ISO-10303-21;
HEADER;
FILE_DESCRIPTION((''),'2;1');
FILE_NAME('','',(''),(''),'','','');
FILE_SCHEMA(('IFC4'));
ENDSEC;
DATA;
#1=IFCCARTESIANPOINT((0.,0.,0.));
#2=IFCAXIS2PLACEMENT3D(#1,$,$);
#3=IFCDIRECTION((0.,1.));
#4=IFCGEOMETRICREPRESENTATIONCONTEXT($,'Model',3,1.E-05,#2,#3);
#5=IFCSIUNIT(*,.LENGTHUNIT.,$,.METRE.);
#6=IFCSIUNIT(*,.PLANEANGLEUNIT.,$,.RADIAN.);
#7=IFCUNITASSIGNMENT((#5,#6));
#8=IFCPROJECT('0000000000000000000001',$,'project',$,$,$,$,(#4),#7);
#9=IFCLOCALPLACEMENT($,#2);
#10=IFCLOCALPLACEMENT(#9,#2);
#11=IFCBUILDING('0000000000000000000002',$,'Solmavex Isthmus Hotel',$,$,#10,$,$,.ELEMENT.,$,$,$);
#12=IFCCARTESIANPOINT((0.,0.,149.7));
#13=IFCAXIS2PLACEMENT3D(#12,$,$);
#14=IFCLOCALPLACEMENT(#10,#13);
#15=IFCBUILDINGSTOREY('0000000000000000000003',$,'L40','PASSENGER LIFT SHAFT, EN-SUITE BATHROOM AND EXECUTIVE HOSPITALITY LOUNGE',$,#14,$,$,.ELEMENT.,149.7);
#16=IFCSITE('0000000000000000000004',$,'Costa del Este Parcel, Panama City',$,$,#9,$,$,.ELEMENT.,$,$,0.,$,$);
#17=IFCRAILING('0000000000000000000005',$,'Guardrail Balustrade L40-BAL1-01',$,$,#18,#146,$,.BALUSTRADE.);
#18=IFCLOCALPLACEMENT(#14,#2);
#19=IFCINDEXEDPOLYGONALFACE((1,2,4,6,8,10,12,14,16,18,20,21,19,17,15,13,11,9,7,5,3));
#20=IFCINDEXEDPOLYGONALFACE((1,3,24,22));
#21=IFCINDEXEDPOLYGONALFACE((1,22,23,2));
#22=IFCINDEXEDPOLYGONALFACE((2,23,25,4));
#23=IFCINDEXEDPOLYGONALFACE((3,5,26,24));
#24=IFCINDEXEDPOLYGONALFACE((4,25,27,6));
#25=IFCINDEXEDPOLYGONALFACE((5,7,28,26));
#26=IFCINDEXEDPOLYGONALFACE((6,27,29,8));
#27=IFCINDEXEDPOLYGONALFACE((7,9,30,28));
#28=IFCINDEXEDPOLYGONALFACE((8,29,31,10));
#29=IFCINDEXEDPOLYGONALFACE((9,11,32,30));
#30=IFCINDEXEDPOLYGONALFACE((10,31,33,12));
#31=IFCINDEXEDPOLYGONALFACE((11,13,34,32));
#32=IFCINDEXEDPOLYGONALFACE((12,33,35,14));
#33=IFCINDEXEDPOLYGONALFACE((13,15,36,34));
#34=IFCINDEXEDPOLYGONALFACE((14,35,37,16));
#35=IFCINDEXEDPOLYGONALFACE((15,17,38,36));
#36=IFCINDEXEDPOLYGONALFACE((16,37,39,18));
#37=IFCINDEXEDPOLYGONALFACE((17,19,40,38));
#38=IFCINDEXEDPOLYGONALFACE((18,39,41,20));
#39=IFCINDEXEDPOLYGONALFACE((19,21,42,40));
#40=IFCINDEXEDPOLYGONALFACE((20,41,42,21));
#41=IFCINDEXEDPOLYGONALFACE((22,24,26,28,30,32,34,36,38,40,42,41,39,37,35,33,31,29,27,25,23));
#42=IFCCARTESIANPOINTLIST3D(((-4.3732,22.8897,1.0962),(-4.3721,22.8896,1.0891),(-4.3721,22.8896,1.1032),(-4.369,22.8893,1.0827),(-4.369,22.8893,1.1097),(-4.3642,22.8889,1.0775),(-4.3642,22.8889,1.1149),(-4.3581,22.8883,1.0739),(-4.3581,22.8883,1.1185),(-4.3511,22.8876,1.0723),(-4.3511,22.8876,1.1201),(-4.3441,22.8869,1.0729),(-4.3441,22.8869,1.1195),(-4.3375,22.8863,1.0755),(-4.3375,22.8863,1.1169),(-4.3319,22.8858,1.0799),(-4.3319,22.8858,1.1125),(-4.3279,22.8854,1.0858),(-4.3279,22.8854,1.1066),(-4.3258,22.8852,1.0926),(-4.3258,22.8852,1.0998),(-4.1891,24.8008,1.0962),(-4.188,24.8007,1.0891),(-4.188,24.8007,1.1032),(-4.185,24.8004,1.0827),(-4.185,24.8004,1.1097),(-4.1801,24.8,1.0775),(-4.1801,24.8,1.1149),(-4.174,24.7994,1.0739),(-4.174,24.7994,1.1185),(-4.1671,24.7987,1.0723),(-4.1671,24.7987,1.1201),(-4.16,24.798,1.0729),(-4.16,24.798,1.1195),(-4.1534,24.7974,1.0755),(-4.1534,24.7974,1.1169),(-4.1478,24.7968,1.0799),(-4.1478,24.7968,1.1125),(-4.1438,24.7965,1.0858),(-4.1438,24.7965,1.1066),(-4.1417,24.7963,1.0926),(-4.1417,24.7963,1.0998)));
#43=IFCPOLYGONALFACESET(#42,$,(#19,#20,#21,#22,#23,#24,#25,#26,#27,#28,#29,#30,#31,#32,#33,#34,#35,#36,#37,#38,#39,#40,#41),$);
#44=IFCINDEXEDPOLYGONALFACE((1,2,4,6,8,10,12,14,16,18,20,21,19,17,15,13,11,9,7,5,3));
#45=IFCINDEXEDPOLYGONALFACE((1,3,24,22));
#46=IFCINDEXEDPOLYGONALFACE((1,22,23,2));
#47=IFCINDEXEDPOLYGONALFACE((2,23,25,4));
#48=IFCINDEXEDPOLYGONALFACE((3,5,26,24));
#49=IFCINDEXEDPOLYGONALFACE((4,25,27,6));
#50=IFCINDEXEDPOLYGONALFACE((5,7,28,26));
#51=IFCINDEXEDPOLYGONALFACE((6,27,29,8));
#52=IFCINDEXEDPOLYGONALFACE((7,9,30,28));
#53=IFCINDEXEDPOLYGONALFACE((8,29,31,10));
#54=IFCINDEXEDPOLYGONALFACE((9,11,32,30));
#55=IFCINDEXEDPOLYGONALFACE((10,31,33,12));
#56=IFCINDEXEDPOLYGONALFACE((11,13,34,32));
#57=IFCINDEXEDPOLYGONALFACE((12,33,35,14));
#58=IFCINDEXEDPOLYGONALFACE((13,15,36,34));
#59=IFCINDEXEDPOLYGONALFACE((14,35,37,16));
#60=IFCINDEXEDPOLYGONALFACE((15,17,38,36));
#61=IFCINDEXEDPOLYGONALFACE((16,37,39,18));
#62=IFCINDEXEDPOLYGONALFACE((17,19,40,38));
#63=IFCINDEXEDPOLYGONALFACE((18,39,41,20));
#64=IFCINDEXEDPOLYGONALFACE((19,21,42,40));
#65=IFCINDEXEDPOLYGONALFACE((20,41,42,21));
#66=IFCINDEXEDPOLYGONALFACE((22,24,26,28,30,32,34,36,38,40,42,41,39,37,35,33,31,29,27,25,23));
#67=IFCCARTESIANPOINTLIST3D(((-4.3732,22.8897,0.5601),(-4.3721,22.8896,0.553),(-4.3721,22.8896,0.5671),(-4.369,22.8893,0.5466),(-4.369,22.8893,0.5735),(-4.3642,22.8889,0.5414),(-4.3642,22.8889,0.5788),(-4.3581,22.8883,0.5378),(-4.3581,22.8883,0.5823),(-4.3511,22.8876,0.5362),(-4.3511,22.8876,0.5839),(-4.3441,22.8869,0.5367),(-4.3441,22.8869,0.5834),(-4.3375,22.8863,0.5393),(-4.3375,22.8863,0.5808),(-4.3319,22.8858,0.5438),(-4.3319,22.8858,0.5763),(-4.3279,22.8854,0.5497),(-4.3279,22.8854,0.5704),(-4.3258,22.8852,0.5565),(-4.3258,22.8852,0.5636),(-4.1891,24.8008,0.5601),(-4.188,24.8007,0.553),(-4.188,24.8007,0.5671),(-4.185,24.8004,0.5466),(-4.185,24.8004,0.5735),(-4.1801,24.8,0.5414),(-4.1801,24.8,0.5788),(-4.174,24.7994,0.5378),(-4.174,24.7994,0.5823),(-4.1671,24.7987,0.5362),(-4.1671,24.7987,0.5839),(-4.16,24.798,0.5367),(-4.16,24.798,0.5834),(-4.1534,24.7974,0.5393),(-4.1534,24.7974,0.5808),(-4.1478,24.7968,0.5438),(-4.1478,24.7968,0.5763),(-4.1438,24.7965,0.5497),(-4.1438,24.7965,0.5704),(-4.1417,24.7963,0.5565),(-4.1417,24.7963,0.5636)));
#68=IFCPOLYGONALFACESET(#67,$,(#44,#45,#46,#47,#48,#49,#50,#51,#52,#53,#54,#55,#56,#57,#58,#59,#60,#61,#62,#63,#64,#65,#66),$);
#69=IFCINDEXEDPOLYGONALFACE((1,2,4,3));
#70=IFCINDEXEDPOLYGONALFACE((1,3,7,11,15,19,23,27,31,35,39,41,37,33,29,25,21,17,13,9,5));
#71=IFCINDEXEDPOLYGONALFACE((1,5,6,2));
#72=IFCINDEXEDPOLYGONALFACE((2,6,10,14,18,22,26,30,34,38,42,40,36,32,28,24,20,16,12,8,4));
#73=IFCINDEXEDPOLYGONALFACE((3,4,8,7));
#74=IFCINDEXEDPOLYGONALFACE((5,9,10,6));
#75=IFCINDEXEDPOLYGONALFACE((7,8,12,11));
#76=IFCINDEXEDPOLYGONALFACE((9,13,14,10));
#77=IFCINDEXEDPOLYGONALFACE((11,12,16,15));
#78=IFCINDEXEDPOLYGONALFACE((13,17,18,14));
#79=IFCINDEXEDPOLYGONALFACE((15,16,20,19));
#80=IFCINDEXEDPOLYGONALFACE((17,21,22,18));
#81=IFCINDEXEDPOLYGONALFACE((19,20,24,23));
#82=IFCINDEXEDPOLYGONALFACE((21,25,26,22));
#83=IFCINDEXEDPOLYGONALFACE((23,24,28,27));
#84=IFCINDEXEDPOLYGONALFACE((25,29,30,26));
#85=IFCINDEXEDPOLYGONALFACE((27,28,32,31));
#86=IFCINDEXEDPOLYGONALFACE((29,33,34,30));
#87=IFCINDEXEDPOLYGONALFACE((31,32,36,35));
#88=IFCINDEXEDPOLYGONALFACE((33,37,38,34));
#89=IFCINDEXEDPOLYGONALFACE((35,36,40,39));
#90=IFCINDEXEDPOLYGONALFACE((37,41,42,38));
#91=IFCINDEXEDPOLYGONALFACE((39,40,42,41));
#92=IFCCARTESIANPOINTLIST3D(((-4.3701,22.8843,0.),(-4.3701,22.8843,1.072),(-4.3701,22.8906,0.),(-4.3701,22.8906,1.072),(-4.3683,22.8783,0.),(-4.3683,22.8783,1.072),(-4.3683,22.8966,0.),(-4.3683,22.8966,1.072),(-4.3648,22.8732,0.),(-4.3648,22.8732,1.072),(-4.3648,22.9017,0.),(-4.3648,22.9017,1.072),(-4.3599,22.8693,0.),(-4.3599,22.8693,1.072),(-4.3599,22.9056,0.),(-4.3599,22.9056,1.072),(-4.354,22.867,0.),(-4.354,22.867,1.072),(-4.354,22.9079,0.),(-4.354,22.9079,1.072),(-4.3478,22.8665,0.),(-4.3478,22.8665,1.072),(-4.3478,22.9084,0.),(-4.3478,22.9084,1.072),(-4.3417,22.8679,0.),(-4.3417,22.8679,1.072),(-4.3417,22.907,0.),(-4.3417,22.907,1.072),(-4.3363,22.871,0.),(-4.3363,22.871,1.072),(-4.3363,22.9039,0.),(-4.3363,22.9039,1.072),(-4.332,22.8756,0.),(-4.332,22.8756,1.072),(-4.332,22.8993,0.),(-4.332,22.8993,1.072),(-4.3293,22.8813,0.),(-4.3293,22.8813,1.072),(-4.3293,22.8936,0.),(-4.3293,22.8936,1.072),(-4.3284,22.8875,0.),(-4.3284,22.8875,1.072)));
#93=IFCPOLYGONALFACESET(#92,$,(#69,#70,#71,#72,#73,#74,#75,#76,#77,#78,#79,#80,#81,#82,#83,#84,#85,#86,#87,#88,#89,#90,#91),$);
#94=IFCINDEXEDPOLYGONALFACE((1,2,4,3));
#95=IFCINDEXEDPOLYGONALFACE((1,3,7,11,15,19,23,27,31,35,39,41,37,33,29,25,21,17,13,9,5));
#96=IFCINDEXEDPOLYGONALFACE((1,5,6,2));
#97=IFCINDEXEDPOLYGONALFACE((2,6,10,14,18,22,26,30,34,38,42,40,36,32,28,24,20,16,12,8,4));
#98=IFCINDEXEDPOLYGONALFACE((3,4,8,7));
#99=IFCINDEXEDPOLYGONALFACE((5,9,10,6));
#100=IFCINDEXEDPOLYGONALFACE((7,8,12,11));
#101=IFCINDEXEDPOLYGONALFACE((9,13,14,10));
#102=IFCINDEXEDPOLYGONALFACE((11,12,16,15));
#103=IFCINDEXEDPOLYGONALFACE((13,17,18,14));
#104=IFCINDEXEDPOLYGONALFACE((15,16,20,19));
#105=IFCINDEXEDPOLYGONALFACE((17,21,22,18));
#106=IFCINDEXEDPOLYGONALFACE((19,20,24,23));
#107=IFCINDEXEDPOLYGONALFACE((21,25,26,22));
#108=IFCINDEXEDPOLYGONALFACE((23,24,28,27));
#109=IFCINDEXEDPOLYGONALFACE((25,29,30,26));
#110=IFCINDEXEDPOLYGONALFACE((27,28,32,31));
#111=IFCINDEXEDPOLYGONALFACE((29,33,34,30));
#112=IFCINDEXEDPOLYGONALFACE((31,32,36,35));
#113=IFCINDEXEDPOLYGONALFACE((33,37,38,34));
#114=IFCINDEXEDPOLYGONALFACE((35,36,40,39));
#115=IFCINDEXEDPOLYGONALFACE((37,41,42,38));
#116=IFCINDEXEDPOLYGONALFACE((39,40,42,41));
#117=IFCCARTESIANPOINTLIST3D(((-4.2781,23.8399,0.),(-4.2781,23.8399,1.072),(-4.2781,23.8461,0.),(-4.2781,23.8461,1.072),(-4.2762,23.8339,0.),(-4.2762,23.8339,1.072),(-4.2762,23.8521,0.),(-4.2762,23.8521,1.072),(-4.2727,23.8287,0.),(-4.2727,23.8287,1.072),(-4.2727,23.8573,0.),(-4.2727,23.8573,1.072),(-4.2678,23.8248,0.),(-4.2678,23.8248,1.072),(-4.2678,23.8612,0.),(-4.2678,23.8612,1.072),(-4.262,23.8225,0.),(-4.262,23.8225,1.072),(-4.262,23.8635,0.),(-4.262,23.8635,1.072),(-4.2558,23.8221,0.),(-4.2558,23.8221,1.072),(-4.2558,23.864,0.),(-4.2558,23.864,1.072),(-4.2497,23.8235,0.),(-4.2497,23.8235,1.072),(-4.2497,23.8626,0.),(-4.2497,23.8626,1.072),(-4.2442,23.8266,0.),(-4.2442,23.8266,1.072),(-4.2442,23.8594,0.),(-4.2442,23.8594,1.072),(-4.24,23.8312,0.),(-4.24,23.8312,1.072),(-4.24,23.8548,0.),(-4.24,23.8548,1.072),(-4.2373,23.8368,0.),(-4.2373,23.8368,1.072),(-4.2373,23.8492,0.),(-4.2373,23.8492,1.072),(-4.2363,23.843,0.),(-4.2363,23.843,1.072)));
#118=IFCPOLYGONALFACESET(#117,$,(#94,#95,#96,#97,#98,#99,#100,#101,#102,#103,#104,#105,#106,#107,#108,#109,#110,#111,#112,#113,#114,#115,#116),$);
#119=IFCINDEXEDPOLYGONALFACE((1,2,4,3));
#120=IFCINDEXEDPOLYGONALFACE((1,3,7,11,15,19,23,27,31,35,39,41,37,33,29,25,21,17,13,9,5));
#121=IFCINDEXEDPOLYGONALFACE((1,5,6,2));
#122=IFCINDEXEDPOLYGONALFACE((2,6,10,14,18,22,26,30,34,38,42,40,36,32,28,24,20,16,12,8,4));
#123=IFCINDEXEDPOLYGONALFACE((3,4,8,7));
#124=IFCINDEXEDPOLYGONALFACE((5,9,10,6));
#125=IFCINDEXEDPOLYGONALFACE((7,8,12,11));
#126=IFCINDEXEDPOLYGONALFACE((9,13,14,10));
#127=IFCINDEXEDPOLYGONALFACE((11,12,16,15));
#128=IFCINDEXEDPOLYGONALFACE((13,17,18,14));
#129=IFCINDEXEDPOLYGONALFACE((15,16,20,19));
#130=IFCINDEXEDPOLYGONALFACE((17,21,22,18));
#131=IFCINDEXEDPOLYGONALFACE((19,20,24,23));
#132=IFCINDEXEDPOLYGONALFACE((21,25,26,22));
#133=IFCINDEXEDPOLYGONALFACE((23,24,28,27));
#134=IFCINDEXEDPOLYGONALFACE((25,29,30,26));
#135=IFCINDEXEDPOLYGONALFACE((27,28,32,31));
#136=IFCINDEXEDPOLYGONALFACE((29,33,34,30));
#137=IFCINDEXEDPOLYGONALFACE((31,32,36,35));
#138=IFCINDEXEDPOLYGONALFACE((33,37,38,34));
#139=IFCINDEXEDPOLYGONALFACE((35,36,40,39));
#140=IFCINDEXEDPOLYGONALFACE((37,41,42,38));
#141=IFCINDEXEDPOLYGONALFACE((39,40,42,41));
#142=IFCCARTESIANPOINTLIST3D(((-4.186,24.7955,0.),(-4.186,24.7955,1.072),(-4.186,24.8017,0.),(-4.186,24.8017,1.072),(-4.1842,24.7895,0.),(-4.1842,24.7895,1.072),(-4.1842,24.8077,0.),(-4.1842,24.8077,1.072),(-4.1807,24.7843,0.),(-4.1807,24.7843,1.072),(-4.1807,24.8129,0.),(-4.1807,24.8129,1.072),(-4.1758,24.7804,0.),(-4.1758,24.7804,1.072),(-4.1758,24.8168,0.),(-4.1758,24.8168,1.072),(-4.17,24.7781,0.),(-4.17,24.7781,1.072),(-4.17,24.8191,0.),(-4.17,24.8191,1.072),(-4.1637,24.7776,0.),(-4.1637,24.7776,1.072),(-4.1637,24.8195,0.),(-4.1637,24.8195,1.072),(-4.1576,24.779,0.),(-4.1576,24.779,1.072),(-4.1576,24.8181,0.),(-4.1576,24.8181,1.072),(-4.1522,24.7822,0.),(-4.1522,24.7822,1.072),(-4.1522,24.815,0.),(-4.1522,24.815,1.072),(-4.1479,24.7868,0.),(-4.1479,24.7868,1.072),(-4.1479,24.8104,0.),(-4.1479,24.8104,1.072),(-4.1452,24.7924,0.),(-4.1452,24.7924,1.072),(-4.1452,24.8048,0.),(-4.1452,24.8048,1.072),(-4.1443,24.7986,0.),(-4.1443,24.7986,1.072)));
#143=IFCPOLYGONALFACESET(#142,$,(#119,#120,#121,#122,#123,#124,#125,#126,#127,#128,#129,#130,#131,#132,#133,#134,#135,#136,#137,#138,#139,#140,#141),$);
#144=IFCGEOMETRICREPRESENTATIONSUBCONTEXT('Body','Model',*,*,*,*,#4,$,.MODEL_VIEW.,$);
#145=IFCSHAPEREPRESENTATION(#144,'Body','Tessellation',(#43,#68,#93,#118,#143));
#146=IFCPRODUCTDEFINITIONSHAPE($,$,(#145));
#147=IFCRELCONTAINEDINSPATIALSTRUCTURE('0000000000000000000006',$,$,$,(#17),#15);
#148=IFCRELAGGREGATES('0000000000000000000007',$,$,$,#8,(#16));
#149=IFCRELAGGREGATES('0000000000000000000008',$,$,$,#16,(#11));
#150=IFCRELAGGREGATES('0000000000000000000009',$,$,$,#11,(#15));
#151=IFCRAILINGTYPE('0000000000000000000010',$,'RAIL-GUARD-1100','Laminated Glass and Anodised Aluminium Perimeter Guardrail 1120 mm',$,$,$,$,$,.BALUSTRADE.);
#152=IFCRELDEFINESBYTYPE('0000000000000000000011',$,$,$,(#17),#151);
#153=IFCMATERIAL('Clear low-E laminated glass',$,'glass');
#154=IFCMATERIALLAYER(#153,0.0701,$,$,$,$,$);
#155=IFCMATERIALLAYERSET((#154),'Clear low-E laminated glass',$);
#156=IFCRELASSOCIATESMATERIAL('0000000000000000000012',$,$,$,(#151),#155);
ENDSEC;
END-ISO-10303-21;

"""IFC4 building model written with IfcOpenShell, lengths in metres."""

from ifc_helpers import new_model, si_unit, direction, frame, origin, origin_2d, place, context, subcontext, project, spatial, circle, extrude, material, layer, layer_set, type_object, element, save


model = new_model("IFC4")

# Units and contexts
model_context = context("Model", 3, precision=1e-05, world=origin(), true_north=direction((0.0, 1.0)))
body_context = subcontext(model_context, "Body", "Model", "MODEL_VIEW")
ifc_project = project(units=[si_unit("LENGTHUNIT", "METRE"), si_unit("PLANEANGLEUNIT", "RADIAN")], contexts=[model_context])

# Site, building, storey
site_placement = place(None, origin())
site = spatial("IfcSite", under=ifc_project, at=site_placement, Name="Costa del Este Parcel, Panama City", CompositionType="ELEMENT", RefElevation=0.0)
building_placement = place(site_placement, origin())
building = spatial("IfcBuilding", under=site, at=building_placement, Name="Solmavex Isthmus Hotel", CompositionType="ELEMENT")
storey_placement = place(building_placement, frame((0.0, 0.0, 149.7)))
storey = spatial("IfcBuildingStorey", under=building, at=storey_placement, Name="L40", Description="PASSENGER LIFT SHAFT, EN-SUITE BATHROOM AND EXECUTIVE HOSPITALITY LOUNGE", CompositionType="ELEMENT", Elevation=149.7)

# Shared definitions
ifc_material_1 = material(Name="Clear low-E laminated glass", Category="glass")

# Railing
ifc_layer_1 = layer(ifc_material_1, 0.0701)
ifc_layer_set_1 = layer_set([ifc_layer_1], Name="Clear low-E laminated glass")
railing_type = type_object("IfcRailingType", Name="RAIL-GUARD-1100", Description="Laminated Glass and Anodised Aluminium Perimeter Guardrail 1120 mm", PredefinedType="BALUSTRADE", material=ifc_layer_set_1)
railing_1_placement = place(storey_placement, frame((-4.3494, 22.8875, 0.0)))
element("IfcRailing", 1, at=railing_1_placement, inside=storey, type_object=railing_type, Name="Guardrail Balustrade L40-BAL1-01", PredefinedType="BALUSTRADE", context=body_context, shape_type="SweptSolid", body=[
    extrude(circle(Radius=0.0239, at=origin_2d()), frame((0.0, 0.0, 1.0962), z_axis=(0.095877, 0.995393, 0.0), x_axis=(-0.995393, 0.095877, 0.0)), (0.0, 0.0, 1.0), 1.9199),
    extrude(circle(Radius=0.0239, at=origin_2d()), frame((0.0, 0.0, 0.5601), z_axis=(0.095877, 0.995393, 0.0), x_axis=(-0.995393, 0.095877, 0.0)), (0.0, 0.0, 1.0), 1.9199),
    extrude(circle(Radius=0.021, at=origin_2d()), origin(), (0.0, 0.0, 1.0), 1.072),
    extrude(circle(Radius=0.021, at=origin_2d()), frame((0.092, 0.9556, 0.0)), (0.0, 0.0, 1.0), 1.072),
    extrude(circle(Radius=0.021, at=origin_2d()), frame((0.1841, 1.9111, 0.0)), (0.0, 0.0, 1.0), 1.072),
])

save(model, "model.ifc")
